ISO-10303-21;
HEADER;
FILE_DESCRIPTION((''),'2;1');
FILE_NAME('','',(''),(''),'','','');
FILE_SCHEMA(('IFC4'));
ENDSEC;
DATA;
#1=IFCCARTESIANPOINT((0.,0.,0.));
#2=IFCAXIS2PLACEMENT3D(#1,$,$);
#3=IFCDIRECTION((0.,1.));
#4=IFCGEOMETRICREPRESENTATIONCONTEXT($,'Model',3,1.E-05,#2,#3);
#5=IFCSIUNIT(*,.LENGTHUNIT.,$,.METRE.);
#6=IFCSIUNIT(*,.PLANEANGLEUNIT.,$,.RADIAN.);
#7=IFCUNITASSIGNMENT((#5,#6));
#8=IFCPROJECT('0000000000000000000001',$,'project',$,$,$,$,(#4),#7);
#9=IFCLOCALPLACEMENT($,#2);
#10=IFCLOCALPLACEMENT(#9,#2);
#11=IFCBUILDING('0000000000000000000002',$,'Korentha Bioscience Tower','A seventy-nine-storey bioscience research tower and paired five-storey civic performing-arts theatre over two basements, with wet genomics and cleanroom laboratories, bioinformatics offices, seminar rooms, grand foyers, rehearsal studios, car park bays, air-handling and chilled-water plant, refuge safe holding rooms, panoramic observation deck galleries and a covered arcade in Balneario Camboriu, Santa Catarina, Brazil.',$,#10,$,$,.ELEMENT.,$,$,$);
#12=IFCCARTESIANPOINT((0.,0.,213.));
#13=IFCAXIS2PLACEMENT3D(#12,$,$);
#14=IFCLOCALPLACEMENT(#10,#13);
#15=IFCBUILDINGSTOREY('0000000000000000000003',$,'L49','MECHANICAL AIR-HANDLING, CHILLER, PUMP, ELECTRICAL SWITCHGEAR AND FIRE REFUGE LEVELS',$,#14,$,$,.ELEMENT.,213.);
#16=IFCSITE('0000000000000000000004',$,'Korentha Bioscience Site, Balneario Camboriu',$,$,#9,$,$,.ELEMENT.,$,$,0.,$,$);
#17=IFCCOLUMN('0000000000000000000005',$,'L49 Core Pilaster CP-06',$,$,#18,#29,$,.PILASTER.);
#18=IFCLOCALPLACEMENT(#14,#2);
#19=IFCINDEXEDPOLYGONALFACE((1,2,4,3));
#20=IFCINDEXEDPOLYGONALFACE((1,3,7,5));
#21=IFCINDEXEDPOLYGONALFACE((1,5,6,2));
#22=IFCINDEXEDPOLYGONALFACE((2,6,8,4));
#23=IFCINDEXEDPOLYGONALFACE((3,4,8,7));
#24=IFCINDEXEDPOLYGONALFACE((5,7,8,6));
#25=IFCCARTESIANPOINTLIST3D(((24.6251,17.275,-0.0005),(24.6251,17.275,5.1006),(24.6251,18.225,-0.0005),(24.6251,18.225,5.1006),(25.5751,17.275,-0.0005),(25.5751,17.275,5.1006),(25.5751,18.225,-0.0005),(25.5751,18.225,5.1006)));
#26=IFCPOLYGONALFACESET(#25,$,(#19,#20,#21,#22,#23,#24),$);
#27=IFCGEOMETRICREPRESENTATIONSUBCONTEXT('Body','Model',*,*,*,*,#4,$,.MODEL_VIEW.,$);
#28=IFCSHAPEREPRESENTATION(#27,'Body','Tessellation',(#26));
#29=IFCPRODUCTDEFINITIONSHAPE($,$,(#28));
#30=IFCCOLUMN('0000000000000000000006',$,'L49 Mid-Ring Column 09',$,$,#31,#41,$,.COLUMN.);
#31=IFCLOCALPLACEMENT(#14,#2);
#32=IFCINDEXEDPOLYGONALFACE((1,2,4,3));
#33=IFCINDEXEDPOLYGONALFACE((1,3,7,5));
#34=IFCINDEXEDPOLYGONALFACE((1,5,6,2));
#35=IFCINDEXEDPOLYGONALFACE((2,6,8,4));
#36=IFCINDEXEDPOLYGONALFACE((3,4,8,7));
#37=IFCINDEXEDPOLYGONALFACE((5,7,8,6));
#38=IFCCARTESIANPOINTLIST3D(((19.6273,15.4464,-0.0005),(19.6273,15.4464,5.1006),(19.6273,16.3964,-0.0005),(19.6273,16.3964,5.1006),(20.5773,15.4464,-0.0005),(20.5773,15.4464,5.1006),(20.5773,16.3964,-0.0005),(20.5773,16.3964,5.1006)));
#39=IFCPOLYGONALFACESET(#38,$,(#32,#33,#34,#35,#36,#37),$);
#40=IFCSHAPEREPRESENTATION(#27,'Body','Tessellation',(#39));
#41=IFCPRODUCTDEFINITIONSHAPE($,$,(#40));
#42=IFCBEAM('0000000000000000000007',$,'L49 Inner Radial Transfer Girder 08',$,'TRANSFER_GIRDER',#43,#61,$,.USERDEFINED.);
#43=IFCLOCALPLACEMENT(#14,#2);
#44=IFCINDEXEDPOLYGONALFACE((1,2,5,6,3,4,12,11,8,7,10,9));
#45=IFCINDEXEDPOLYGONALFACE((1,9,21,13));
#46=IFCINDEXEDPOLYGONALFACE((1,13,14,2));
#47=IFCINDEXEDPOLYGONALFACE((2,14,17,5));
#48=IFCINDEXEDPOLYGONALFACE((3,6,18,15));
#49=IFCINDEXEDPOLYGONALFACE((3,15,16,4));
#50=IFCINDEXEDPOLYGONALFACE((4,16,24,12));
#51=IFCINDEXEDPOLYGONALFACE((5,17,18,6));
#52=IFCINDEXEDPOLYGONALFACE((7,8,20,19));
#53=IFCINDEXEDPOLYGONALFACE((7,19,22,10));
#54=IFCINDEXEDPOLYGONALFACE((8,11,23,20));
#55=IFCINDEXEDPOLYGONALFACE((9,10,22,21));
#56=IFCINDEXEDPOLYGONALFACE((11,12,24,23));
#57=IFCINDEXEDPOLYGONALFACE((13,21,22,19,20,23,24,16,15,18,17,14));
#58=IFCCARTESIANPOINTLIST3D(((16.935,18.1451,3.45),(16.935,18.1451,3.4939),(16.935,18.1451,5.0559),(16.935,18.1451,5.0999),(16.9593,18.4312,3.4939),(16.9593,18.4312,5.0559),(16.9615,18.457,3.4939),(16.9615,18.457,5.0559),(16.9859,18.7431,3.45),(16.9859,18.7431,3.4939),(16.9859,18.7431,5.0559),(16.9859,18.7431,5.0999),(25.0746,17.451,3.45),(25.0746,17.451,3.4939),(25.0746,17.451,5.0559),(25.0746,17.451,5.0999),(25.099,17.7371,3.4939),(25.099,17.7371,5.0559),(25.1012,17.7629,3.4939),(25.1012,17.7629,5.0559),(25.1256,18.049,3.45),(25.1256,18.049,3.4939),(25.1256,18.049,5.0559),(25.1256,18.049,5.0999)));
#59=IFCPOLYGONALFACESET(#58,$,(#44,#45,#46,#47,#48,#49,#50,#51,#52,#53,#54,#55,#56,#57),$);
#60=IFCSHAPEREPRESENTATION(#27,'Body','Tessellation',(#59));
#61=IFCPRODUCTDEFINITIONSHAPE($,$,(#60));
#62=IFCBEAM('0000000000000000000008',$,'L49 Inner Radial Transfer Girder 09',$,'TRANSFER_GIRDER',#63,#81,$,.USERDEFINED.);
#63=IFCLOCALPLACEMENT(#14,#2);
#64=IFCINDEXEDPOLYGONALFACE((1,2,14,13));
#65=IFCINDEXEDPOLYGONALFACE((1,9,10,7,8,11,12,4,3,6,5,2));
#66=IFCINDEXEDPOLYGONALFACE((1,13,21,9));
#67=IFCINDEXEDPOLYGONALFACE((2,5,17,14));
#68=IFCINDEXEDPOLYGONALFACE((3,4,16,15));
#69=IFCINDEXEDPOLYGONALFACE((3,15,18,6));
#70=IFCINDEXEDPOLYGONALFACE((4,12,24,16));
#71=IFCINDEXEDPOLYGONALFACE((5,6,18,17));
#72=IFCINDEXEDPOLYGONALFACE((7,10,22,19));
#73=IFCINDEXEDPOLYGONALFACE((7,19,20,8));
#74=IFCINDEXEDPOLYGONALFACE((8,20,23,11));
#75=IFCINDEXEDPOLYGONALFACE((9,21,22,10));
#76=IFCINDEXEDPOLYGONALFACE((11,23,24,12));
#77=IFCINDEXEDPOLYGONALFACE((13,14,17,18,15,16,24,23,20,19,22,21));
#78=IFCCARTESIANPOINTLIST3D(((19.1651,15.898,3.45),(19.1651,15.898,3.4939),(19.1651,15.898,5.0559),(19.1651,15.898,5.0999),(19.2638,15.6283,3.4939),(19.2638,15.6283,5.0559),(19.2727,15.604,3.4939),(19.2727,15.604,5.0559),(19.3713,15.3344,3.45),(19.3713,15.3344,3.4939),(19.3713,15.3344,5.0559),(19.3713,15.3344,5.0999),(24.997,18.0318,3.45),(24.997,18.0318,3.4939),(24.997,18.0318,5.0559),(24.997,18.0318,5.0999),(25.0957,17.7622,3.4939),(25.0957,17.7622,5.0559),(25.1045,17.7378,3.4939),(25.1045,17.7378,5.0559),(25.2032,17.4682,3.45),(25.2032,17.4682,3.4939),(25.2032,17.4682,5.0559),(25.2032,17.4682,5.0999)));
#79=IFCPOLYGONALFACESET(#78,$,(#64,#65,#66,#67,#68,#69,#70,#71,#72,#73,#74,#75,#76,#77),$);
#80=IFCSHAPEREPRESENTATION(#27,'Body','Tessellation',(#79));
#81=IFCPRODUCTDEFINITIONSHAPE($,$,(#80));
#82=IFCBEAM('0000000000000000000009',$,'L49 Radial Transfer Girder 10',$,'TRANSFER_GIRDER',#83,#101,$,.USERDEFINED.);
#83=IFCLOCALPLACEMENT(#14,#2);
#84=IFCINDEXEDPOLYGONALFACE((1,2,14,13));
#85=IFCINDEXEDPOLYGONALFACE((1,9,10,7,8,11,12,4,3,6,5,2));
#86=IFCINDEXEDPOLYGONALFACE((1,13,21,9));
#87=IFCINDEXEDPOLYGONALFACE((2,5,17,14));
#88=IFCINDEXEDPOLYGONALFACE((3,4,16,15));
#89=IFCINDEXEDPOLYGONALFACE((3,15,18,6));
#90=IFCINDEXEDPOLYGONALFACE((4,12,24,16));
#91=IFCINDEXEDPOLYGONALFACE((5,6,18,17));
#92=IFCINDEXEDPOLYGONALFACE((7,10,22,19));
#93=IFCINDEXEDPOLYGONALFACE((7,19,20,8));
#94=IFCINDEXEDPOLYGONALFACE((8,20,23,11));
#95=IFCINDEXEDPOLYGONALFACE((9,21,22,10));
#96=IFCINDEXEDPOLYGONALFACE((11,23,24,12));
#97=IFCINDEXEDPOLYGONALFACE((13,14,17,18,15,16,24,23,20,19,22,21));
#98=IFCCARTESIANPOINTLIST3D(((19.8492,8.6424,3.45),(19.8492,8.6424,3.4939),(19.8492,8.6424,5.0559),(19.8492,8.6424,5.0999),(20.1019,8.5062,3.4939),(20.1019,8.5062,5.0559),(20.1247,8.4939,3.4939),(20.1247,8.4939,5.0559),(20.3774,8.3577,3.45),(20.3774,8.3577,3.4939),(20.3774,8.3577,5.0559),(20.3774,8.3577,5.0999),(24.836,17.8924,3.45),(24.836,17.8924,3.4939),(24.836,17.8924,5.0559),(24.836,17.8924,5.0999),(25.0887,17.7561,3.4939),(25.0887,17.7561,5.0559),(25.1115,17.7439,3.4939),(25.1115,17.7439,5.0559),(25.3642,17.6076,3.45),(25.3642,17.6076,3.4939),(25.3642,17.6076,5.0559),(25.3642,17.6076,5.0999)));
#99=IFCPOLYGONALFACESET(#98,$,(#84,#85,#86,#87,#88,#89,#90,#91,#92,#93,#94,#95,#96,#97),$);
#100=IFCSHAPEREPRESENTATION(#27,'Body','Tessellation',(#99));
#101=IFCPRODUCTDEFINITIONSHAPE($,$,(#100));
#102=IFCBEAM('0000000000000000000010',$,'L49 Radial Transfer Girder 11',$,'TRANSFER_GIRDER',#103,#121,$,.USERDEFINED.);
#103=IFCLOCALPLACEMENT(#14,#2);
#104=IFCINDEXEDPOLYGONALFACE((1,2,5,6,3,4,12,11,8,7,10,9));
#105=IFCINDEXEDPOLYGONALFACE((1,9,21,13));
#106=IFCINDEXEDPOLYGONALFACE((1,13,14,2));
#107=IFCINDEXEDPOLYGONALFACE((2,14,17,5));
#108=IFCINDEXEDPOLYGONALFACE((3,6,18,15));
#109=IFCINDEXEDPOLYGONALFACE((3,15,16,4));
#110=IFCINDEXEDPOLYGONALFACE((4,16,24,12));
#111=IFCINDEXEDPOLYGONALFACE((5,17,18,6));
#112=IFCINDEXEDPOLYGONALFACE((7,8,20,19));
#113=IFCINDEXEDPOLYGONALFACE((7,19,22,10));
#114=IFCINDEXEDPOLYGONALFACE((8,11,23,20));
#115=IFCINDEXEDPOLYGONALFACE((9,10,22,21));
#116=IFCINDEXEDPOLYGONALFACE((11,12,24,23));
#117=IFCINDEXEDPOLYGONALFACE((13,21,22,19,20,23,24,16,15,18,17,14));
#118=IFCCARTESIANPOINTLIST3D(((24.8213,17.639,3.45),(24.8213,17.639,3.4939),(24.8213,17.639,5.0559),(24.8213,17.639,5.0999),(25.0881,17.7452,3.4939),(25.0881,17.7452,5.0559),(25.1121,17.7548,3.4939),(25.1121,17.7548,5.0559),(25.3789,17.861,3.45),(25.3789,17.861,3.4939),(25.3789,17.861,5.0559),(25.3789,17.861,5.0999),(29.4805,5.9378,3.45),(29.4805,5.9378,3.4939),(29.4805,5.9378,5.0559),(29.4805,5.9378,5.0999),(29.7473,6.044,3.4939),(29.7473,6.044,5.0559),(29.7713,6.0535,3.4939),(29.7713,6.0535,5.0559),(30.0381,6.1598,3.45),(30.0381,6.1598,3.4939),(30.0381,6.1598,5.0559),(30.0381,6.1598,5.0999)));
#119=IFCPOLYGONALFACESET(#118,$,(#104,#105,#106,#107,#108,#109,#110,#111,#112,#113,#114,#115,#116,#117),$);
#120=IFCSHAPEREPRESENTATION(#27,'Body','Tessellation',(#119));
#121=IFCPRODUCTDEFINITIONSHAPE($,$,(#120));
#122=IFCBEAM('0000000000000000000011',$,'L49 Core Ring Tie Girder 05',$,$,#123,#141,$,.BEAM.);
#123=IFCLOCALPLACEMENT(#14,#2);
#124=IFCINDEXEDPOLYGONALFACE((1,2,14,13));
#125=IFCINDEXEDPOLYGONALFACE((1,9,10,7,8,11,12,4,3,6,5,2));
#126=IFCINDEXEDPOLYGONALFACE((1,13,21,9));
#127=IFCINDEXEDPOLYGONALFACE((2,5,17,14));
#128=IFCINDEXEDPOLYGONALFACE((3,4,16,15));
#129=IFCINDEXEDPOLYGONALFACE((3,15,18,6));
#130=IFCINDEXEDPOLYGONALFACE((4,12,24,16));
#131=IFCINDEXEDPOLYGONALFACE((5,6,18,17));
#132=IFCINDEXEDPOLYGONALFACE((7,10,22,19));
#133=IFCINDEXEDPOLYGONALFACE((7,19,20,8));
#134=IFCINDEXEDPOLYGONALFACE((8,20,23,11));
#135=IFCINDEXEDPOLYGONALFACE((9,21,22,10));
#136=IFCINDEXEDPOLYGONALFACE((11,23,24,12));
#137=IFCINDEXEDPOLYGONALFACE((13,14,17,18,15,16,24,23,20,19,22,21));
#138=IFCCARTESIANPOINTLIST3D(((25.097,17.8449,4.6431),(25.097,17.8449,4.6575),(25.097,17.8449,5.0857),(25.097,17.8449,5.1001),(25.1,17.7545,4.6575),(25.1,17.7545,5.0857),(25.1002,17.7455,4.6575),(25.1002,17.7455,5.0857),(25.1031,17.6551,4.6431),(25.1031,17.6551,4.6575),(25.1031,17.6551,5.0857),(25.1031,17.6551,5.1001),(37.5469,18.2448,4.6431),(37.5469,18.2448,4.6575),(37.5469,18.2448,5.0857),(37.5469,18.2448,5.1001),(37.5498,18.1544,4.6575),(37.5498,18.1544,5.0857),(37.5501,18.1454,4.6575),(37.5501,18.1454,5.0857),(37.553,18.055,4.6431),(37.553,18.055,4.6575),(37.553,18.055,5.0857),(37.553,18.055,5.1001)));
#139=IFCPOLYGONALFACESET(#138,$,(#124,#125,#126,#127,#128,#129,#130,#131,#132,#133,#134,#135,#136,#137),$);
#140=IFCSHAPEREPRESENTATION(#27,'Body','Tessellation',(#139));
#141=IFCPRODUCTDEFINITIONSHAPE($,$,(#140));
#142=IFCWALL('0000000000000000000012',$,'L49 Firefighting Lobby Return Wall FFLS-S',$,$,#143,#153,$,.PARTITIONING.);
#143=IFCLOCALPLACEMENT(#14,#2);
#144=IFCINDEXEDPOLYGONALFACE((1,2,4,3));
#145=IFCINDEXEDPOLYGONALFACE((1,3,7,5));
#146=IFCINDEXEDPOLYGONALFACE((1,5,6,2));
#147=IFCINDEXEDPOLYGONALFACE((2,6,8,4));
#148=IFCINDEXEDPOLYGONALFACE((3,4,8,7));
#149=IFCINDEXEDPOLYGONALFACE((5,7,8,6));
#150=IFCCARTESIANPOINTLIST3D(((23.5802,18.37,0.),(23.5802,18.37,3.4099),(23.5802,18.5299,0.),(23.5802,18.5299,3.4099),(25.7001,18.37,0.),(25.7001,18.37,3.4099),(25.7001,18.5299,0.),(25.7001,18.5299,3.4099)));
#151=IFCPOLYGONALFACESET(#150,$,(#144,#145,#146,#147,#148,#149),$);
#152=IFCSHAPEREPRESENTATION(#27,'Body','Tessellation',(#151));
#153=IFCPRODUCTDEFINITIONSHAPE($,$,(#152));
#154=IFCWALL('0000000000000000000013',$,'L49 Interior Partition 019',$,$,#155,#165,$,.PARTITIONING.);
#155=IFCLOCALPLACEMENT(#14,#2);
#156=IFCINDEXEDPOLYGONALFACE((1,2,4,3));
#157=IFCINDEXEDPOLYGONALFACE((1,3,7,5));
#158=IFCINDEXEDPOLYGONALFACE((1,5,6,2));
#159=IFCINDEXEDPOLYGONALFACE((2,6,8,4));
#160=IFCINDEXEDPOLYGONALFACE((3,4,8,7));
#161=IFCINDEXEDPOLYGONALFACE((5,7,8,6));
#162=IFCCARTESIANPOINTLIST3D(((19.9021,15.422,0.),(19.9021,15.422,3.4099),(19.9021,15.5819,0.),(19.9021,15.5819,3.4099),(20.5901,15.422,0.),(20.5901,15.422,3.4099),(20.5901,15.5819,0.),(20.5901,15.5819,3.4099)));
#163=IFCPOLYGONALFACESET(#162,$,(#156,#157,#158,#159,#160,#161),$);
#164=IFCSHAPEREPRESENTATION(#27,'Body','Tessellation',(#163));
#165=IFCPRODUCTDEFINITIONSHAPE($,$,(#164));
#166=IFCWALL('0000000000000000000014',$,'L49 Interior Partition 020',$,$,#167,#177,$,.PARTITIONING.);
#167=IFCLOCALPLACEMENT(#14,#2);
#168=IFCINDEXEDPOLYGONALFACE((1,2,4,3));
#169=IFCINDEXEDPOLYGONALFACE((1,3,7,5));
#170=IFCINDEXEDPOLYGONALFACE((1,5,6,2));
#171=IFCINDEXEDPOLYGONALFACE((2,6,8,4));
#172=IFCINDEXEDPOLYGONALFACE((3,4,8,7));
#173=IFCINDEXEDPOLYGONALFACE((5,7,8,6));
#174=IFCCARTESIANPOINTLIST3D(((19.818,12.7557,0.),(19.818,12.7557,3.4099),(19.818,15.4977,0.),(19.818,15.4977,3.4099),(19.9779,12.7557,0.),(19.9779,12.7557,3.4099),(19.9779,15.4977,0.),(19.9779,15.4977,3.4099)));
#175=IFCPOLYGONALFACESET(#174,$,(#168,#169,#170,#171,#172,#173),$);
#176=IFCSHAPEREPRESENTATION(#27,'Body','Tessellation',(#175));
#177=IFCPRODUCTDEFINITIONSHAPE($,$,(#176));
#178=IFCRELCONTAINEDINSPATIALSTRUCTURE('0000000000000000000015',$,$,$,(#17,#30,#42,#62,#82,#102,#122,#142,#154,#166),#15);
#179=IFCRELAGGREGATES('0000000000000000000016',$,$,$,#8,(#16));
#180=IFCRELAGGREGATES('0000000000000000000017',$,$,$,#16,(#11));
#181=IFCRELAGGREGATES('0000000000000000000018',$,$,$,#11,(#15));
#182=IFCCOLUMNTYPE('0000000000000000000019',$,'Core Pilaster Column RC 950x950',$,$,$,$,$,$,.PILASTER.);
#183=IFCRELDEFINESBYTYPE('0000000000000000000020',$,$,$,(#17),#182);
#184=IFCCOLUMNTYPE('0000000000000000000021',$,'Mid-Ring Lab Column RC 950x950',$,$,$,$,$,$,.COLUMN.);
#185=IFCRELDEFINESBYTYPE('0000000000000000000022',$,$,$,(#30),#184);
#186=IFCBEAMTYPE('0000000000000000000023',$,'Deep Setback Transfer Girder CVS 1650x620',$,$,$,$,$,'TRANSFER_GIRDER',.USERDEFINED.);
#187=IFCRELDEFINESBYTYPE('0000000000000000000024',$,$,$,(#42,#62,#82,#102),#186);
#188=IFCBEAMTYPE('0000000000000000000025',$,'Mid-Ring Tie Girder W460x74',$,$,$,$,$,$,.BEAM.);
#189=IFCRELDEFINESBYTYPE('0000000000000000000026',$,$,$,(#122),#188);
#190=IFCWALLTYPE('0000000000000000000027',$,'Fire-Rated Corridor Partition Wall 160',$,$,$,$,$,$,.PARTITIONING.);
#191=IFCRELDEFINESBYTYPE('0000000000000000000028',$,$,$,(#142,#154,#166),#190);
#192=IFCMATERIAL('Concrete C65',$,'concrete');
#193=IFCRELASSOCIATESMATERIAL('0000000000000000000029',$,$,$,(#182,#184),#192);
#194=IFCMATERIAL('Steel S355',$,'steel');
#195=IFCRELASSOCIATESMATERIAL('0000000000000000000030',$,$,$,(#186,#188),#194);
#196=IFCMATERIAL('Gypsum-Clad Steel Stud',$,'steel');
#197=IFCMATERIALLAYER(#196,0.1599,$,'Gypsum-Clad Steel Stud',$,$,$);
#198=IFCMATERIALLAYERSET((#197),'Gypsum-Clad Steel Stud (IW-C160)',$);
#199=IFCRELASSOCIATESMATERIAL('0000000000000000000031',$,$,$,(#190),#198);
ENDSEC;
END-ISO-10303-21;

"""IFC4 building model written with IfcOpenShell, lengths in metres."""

from ifc_helpers import new_model, si_unit, direction, frame, frame_2d, origin, origin_2d, place, context, subcontext, project, spatial, rectangle, i_section, extrude, material, layer, layer_set, material_profile, profile_set, type_object, element, save


model = new_model("IFC4")

# Units and contexts
model_context = context("Model", 3, precision=1e-05, world=origin(), true_north=direction((0.0, 1.0)))
body_context = subcontext(model_context, "Body", "Model", "MODEL_VIEW")
ifc_project = project(units=[si_unit("LENGTHUNIT", "METRE"), si_unit("PLANEANGLEUNIT", "RADIAN")], contexts=[model_context])

# Site, building, storey
site_placement = place(None, origin())
site = spatial("IfcSite", under=ifc_project, at=site_placement, Name="Korentha Bioscience Site, Balneario Camboriu", CompositionType="ELEMENT", RefElevation=0.0)
building_placement = place(site_placement, origin())
building = spatial("IfcBuilding", under=site, at=building_placement, Name="Korentha Bioscience Tower", Description="A seventy-nine-storey bioscience research tower and paired five-storey civic performing-arts theatre over two basements, with wet genomics and cleanroom laboratories, bioinformatics offices, seminar rooms, grand foyers, rehearsal studios, car park bays, air-handling and chilled-water plant, refuge safe holding rooms, panoramic observation deck galleries and a covered arcade in Balneario Camboriu, Santa Catarina, Brazil.", CompositionType="ELEMENT")
storey_placement = place(building_placement, frame((0.0, 0.0, 213.0)))
storey = spatial("IfcBuildingStorey", under=building, at=storey_placement, Name="L49", Description="MECHANICAL AIR-HANDLING, CHILLER, PUMP, ELECTRICAL SWITCHGEAR AND FIRE REFUGE LEVELS", CompositionType="ELEMENT", Elevation=213.0)

# Columns
ifc_material_1 = material(Name="Concrete C65", Category="concrete")
ifc_material_profile_1 = material_profile(ifc_material_1, rectangle(XDim=0.95, YDim=0.95, at=origin_2d()), Name="Concrete C65")
ifc_profile_set_1 = profile_set([ifc_material_profile_1], Name="Concrete C65 (COL-CP09)")
column_type_1 = type_object("IfcColumnType", Name="Core Pilaster Column RC 950x950", PredefinedType="PILASTER", material=ifc_profile_set_1)
column_1_placement = place(storey_placement, frame((25.1001, 17.75, -0.0005), z_axis=(0.0, 0.0, 1.0), x_axis=(1.0, 0.0, 0.0)))
element("IfcColumn", 1, at=column_1_placement, inside=storey, type_object=column_type_1, Name="L49 Core Pilaster CP-06", PredefinedType="PILASTER", context=body_context, shape_type="SweptSolid", body=[
    extrude(rectangle(XDim=0.95, YDim=0.95, at=origin_2d()), origin(), (0.0, 0.0, 1.0), 5.1011),
])
ifc_material_profile_2 = material_profile(ifc_material_1, rectangle(XDim=0.95, YDim=0.95, at=origin_2d()), Name="Concrete C65")
ifc_profile_set_2 = profile_set([ifc_material_profile_2], Name="Concrete C65 (COL-MR09)")
column_type_2 = type_object("IfcColumnType", Name="Mid-Ring Lab Column RC 950x950", PredefinedType="COLUMN", material=ifc_profile_set_2)
column_2_placement = place(storey_placement, frame((20.1023, 15.9214, -0.0005), z_axis=(0.0, 0.0, 1.0), x_axis=(1.0, 0.0, 0.0)))
element("IfcColumn", 2, at=column_2_placement, inside=storey, type_object=column_type_2, Name="L49 Mid-Ring Column 09", PredefinedType="COLUMN", context=body_context, shape_type="SweptSolid", body=[
    extrude(rectangle(XDim=0.95, YDim=0.95, at=origin_2d()), origin(), (0.0, 0.0, 1.0), 5.1011),
])

# Beams
ifc_material_2 = material(Name="Steel S355", Category="steel")
ifc_material_profile_3 = material_profile(ifc_material_2, i_section(OverallWidth=0.6001, OverallDepth=1.6499, WebThickness=0.0259, FlangeThickness=0.0439, at=origin_2d()), Name="Steel S355")
ifc_profile_set_3 = profile_set([ifc_material_profile_3], Name="Steel S355 (TG-04)")
beam_type_1 = type_object("IfcBeamType", Name="Deep Setback Transfer Girder CVS 1650x620", ElementType="TRANSFER_GIRDER", PredefinedType="USERDEFINED", material=ifc_profile_set_3)
beam_1_placement = place(storey_placement, frame((25.1001, 17.75, 4.2749), z_axis=(-0.996384, 0.084965, 0.0), x_axis=(-0.084965, -0.996384, 0.0)))
element("IfcBeam", 3, at=beam_1_placement, inside=storey, type_object=beam_type_1, Name="L49 Inner Radial Transfer Girder 08", ObjectType="TRANSFER_GIRDER", PredefinedType="USERDEFINED", context=body_context, shape_type="SweptSolid", body=[
    extrude(i_section(OverallWidth=0.6001, OverallDepth=1.6499, WebThickness=0.0259, FlangeThickness=0.0439, at=origin_2d()), origin(), (0.0, 0.0, 1.0), 8.1692),
])
beam_2_placement = place(storey_placement, frame((25.1001, 17.75, 4.2749), z_axis=(-0.939112, -0.343611, 0.0), x_axis=(0.343611, -0.939112, 0.0)))
element("IfcBeam", 4, at=beam_2_placement, inside=storey, type_object=beam_type_1, Name="L49 Inner Radial Transfer Girder 09", ObjectType="TRANSFER_GIRDER", PredefinedType="USERDEFINED", context=body_context, shape_type="SweptSolid", body=[
    extrude(i_section(OverallWidth=0.6001, OverallDepth=1.6499, WebThickness=0.0259, FlangeThickness=0.0439, at=origin_2d()), origin(), (0.0, 0.0, 1.0), 6.21),
])
beam_3_placement = place(storey_placement, frame((25.1001, 17.75, 4.2749), z_axis=(-0.474546, -0.880231, 0.0), x_axis=(0.880231, -0.474546, 0.0)))
element("IfcBeam", 5, at=beam_3_placement, inside=storey, type_object=beam_type_1, Name="L49 Radial Transfer Girder 10", ObjectType="TRANSFER_GIRDER", PredefinedType="USERDEFINED", context=body_context, shape_type="SweptSolid", body=[
    extrude(i_section(OverallWidth=0.6001, OverallDepth=1.6499, WebThickness=0.0259, FlangeThickness=0.0439, at=origin_2d()), origin(), (0.0, 0.0, 1.0), 10.5085),
])
beam_4_placement = place(storey_placement, frame((25.1001, 17.75, 4.2749), z_axis=(0.369933, -0.929058, 0.0), x_axis=(0.929058, 0.369933, 0.0)))
element("IfcBeam", 6, at=beam_4_placement, inside=storey, type_object=beam_type_1, Name="L49 Radial Transfer Girder 11", ObjectType="TRANSFER_GIRDER", PredefinedType="USERDEFINED", context=body_context, shape_type="SweptSolid", body=[
    extrude(i_section(OverallWidth=0.6001, OverallDepth=1.6499, WebThickness=0.0259, FlangeThickness=0.0439, at=origin_2d()), origin(), (0.0, 0.0, 1.0), 12.5947),
])
ifc_material_profile_4 = material_profile(ifc_material_2, i_section(OverallWidth=0.1899, OverallDepth=0.457, WebThickness=0.009, FlangeThickness=0.0144, at=origin_2d()), Name="Steel S355")
ifc_profile_set_4 = profile_set([ifc_material_profile_4], Name="Steel S355 (MB-460)")
beam_type_2 = type_object("IfcBeamType", Name="Mid-Ring Tie Girder W460x74", PredefinedType="BEAM", material=ifc_profile_set_4)
beam_5_placement = place(storey_placement, frame((25.1001, 17.75, 4.8716), z_axis=(0.999485, 0.032104, 0.0), x_axis=(-0.032104, 0.999485, 0.0)))
element("IfcBeam", 7, at=beam_5_placement, inside=storey, type_object=beam_type_2, Name="L49 Core Ring Tie Girder 05", PredefinedType="BEAM", context=body_context, shape_type="SweptSolid", body=[
    extrude(i_section(OverallWidth=0.1899, OverallDepth=0.457, WebThickness=0.009, FlangeThickness=0.0144, at=origin_2d()), origin(), (0.0, 0.0, 1.0), 12.4563),
])

# Shared definitions
ifc_material_3 = material(Name="Gypsum-Clad Steel Stud", Category="steel")
ifc_layer_1 = layer(ifc_material_3, 0.1599, Name="Gypsum-Clad Steel Stud")
ifc_layer_set_1 = layer_set([ifc_layer_1], Name="Gypsum-Clad Steel Stud (IW-C160)")
wall_type_1 = type_object("IfcWallType", Name="Fire-Rated Corridor Partition Wall 160", PredefinedType="PARTITIONING", material=ifc_layer_set_1)

# Walls
wall_1_placement = place(storey_placement, frame((23.5801, 18.45, 0.0), z_axis=(0.0, 0.0, 1.0), x_axis=(1.0, 0.0, 0.0)))
element("IfcWall", 8, at=wall_1_placement, inside=storey, type_object=wall_type_1, Name="L49 Firefighting Lobby Return Wall FFLS-S", PredefinedType="PARTITIONING", context=body_context, shape_type="SweptSolid", body=[
    extrude(rectangle(XDim=2.1199, YDim=0.1599, at=frame_2d((1.0601, 0.0))), origin(), (0.0, 0.0, 1.0), 3.4099),
])
wall_2_placement = place(storey_placement, frame((20.5901, 15.502, 0.0), z_axis=(0.0, 0.0, 1.0), x_axis=(-1.0, 0.0, 0.0)))
element("IfcWall", 9, at=wall_2_placement, inside=storey, type_object=wall_type_1, Name="L49 Interior Partition 019", PredefinedType="PARTITIONING", context=body_context, shape_type="SweptSolid", body=[
    extrude(rectangle(XDim=0.688, YDim=0.1599, at=frame_2d((0.344, 0.0))), origin(), (0.0, 0.0, 1.0), 3.4099),
])
wall_3_placement = place(storey_placement, frame((19.8979, 15.4978, 0.0), z_axis=(0.0, 0.0, 1.0), x_axis=(0.0, -1.0, 0.0)))
element("IfcWall", 10, at=wall_3_placement, inside=storey, type_object=wall_type_1, Name="L49 Interior Partition 020", PredefinedType="PARTITIONING", context=body_context, shape_type="SweptSolid", body=[
    extrude(rectangle(XDim=2.7419, YDim=0.1599, at=frame_2d((1.3711, 0.0))), origin(), (0.0, 0.0, 1.0), 3.4099),
])

save(model, "model.ifc")
